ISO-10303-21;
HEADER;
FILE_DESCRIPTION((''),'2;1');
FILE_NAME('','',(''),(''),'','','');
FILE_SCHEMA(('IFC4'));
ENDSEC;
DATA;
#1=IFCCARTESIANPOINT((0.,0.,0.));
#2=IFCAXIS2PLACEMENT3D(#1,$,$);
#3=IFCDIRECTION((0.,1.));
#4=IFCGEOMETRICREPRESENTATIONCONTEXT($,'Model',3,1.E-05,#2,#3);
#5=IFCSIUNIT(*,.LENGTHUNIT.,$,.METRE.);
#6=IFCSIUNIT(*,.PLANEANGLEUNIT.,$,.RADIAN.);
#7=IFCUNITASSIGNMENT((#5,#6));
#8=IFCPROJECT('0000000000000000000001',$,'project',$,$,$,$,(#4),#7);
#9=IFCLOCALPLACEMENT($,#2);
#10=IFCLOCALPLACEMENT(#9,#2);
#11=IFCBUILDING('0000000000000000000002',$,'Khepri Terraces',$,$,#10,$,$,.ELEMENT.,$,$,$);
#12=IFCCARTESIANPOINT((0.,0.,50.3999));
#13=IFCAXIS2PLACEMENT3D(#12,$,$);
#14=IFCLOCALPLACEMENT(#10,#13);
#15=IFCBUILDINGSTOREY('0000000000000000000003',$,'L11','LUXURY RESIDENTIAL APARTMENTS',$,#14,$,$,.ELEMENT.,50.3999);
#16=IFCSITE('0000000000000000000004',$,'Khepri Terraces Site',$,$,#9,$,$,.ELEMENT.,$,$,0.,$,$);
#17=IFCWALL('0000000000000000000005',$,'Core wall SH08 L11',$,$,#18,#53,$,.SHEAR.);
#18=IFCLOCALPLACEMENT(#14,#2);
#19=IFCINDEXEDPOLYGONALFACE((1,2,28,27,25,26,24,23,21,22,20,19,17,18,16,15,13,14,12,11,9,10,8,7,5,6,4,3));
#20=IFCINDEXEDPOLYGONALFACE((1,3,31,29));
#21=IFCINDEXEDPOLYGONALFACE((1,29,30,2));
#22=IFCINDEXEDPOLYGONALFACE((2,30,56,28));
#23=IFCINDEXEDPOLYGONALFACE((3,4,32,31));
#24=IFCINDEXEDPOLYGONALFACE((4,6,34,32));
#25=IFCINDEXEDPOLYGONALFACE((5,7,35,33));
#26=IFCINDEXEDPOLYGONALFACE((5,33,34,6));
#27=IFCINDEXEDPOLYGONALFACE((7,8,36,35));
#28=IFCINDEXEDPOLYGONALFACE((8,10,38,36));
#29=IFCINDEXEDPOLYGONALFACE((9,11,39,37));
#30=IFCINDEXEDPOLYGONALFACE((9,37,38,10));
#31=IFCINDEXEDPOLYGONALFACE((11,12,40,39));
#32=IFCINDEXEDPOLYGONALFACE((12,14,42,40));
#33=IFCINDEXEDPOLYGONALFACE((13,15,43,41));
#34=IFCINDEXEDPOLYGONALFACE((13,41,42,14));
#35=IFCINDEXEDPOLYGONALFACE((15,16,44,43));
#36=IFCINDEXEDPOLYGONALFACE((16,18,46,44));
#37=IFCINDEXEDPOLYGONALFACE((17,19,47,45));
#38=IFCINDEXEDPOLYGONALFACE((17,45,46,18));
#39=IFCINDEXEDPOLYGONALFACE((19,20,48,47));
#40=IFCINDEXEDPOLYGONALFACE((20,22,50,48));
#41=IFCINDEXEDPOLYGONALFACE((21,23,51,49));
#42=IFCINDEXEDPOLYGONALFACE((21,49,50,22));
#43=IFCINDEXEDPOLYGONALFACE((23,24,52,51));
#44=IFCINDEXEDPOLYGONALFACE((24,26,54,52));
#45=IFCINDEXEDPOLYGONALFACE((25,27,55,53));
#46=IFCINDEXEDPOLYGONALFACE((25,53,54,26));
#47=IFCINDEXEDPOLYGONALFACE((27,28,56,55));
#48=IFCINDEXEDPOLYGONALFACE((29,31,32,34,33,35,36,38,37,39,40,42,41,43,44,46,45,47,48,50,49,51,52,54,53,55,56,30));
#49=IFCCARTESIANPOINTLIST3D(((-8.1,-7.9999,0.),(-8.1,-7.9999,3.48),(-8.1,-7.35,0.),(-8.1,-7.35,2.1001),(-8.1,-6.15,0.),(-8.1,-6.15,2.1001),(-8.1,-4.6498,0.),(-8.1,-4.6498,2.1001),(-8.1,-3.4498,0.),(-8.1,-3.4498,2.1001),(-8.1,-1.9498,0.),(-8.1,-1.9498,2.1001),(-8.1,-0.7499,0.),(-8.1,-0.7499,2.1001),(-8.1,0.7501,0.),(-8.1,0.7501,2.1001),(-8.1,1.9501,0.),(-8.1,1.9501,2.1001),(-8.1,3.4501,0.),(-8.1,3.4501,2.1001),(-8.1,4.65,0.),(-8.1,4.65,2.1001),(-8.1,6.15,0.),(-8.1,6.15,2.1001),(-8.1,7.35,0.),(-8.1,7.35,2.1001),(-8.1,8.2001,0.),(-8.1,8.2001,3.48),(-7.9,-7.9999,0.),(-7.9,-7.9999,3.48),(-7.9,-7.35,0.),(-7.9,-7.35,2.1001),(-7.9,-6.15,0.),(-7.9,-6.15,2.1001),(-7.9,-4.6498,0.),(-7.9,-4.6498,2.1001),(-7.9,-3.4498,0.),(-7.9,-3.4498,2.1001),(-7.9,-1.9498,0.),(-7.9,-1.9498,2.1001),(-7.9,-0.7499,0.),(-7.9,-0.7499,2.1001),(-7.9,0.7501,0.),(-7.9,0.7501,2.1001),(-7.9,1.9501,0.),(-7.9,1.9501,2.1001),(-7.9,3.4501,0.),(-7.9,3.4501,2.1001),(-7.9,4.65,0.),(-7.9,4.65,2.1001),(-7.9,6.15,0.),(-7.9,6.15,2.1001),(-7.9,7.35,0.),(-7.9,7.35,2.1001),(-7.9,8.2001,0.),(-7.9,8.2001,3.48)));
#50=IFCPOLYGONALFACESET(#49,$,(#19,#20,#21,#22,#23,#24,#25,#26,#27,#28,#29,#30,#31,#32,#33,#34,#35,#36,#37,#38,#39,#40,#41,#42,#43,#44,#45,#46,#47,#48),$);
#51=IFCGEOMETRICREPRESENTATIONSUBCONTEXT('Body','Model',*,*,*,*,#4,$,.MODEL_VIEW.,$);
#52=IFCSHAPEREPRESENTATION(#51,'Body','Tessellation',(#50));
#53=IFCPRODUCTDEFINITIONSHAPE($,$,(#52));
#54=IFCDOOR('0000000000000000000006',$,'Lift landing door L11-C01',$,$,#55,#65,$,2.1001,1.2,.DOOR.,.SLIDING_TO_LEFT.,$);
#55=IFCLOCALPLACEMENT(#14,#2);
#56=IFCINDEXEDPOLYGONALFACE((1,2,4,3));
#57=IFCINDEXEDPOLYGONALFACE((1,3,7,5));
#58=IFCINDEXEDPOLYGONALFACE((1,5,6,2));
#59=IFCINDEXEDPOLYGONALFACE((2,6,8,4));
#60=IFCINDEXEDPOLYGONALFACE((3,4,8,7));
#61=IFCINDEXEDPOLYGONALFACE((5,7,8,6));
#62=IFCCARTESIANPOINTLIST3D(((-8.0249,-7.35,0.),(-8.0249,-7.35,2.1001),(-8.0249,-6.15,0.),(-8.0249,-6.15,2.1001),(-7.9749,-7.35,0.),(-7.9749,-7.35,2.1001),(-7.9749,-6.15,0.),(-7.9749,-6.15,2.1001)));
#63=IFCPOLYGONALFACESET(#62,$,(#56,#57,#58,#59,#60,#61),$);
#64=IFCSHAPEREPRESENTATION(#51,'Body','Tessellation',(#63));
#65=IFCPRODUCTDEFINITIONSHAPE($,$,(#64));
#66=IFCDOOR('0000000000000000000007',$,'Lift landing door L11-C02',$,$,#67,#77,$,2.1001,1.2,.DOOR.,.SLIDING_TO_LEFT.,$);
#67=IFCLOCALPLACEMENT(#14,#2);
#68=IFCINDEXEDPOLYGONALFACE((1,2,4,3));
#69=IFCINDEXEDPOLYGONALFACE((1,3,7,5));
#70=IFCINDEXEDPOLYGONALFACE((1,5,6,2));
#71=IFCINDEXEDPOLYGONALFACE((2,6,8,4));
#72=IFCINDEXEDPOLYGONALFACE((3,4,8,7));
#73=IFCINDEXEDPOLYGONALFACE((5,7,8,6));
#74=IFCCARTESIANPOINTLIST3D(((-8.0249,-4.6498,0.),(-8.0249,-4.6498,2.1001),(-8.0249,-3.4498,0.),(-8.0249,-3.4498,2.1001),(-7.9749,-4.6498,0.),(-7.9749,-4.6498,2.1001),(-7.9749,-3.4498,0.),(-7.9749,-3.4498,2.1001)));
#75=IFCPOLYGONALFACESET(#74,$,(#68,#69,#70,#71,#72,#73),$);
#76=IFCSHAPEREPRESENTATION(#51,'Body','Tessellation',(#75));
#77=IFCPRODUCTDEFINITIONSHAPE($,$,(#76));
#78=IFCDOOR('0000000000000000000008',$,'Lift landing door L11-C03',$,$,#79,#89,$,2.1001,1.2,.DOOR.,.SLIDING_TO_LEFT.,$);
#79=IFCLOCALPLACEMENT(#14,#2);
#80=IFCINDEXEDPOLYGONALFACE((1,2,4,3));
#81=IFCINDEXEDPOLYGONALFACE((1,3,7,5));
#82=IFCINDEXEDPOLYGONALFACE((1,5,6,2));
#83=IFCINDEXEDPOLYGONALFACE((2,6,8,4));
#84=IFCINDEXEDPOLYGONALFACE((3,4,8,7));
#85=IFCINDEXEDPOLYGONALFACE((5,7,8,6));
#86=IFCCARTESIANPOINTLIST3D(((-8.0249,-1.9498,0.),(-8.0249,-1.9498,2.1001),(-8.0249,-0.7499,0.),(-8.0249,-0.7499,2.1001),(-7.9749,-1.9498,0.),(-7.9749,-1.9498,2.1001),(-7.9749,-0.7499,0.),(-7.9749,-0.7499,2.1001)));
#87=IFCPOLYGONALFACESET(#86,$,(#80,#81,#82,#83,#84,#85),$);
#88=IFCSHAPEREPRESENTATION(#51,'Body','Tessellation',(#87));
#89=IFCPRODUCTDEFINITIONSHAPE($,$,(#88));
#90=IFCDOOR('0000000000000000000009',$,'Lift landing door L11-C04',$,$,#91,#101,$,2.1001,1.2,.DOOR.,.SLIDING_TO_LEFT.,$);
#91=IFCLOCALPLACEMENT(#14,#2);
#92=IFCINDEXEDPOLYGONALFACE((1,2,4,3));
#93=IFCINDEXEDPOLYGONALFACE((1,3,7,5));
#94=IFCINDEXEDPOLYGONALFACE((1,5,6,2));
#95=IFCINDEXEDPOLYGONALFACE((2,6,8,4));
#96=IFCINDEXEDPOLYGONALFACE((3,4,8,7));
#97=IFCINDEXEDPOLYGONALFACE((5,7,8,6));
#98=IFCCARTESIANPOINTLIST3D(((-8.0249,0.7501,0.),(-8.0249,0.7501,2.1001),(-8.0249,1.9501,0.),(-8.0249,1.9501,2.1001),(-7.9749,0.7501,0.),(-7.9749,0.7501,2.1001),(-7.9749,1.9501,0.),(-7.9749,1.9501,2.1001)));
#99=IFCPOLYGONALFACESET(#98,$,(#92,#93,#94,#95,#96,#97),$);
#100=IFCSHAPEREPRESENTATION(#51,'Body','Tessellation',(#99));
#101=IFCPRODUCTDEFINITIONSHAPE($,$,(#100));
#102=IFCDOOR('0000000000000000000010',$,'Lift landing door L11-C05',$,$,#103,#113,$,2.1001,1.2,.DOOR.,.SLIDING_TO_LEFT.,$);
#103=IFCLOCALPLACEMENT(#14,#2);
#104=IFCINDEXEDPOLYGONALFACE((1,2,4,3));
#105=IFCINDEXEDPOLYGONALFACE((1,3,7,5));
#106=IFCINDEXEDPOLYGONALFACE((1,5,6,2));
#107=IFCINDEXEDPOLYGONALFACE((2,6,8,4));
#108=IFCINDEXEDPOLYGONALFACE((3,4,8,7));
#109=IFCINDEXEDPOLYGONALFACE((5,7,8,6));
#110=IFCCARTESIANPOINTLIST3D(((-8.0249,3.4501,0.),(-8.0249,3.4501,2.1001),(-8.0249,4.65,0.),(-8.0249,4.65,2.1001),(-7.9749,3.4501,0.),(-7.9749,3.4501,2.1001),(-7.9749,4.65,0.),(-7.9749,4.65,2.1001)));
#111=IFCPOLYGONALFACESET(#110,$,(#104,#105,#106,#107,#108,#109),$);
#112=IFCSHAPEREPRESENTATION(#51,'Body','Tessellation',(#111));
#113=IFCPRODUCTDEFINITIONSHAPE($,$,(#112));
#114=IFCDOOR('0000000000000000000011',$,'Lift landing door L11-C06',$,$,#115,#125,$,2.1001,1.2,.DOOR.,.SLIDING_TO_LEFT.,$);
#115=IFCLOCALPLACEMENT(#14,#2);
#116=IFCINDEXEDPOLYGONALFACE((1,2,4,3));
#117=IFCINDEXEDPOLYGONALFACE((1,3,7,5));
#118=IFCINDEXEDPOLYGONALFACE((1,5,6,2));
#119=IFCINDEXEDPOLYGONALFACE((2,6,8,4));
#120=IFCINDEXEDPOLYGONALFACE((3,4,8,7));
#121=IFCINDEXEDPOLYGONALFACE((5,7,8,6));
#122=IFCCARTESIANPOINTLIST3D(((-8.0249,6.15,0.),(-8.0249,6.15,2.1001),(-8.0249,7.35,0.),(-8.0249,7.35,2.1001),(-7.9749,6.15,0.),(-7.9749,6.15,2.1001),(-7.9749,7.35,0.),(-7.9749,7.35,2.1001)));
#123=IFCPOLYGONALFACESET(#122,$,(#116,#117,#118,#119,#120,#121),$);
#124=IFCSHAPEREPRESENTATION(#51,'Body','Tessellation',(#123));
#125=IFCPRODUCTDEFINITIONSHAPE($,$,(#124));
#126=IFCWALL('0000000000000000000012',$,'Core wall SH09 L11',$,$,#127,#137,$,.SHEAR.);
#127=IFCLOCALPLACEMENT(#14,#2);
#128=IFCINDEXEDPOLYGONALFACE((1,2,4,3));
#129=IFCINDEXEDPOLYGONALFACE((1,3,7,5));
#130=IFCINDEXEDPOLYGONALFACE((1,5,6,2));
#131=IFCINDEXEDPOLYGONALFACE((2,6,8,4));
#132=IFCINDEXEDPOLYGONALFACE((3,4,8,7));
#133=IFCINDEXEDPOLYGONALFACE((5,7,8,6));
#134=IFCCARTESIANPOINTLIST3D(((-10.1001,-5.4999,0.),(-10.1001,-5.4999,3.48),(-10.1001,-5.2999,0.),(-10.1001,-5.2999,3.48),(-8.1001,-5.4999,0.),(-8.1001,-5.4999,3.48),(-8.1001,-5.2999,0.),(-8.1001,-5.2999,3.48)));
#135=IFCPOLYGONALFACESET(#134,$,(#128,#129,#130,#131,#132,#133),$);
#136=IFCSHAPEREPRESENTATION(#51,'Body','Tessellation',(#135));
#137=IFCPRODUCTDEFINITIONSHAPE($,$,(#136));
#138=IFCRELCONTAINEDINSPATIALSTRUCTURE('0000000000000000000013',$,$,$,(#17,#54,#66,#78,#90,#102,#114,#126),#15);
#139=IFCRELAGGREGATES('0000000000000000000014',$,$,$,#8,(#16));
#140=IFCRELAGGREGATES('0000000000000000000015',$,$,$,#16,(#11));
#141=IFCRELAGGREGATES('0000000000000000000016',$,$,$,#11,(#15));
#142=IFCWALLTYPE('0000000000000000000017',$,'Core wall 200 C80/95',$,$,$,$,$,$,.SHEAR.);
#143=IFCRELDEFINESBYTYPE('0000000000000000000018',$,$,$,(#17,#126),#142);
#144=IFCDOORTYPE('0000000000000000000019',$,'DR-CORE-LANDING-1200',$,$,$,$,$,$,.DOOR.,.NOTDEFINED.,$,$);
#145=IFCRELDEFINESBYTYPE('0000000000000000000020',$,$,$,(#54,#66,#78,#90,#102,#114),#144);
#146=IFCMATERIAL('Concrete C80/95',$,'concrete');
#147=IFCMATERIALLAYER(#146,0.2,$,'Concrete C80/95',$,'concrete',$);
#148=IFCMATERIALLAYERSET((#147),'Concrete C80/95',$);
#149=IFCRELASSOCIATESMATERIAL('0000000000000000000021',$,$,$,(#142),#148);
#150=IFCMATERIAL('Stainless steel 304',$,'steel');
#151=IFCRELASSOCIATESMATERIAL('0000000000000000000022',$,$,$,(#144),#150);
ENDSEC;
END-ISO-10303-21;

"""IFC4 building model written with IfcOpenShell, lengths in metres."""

from ifc_helpers import new_model, si_unit, direction, frame, frame_2d, origin, place, context, subcontext, project, spatial, rectangle, extrude, material, layer, layer_set, type_object, element, fill, save


model = new_model("IFC4")

# Units and contexts
model_context = context("Model", 3, precision=1e-05, world=origin(), true_north=direction((0.0, 1.0)))
body_context = subcontext(model_context, "Body", "Model", "MODEL_VIEW")
ifc_project = project(units=[si_unit("LENGTHUNIT", "METRE"), si_unit("PLANEANGLEUNIT", "RADIAN")], contexts=[model_context])

# Site, building, storey
site_placement = place(None, origin())
site = spatial("IfcSite", under=ifc_project, at=site_placement, Name="Khepri Terraces Site", CompositionType="ELEMENT", RefElevation=0.0)
building_placement = place(site_placement, origin())
building = spatial("IfcBuilding", under=site, at=building_placement, Name="Khepri Terraces", CompositionType="ELEMENT")
storey_placement = place(building_placement, frame((0.0, 0.0, 50.3999)))
storey = spatial("IfcBuildingStorey", under=building, at=storey_placement, Name="L11", Description="LUXURY RESIDENTIAL APARTMENTS", CompositionType="ELEMENT", Elevation=50.3999)

# Shared definitions
ifc_material_1 = material(Name="Concrete C80/95", Category="concrete")
ifc_layer_1 = layer(ifc_material_1, 0.2, Name="Concrete C80/95", Category="concrete")
ifc_layer_set_1 = layer_set([ifc_layer_1], Name="Concrete C80/95")
wall_type_1 = type_object("IfcWallType", Name="Core wall 200 C80/95", PredefinedType="SHEAR", material=ifc_layer_set_1)

# Wall, openings, doors
wall_1_placement = place(storey_placement, frame((-8.0, -8.0, 0.0), z_axis=(0.0, 0.0, 1.0), x_axis=(0.0, 1.0, 0.0)))
wall_1 = element("IfcWall", 1, at=wall_1_placement, inside=storey, type_object=wall_type_1, Name="Core wall SH08 L11", PredefinedType="SHEAR", context=body_context, shape_type="SweptSolid", body=[
    extrude(rectangle(XDim=16.2, YDim=0.2, at=frame_2d((8.1001, 0.0))), origin(), (0.0, 0.0, 1.0), 3.48),
])
opening_1_placement = place(wall_1_placement, frame((0.6499, 0.0, 0.0)))
opening_1 = element("IfcOpeningElement", 2, at=opening_1_placement, cuts=wall_1, PredefinedType="OPENING", context=body_context, shape_type="SweptSolid", body=[
    extrude(rectangle(XDim=1.2, YDim=2.1001, at=frame_2d((0.6001, 1.05))), frame((0.0, 0.1099, 0.0), z_axis=(0.0, -1.0, 0.0), x_axis=(1.0, 0.0, 0.0)), (0.0, 0.0, 1.0), 0.22),
])
opening_2_placement = place(wall_1_placement, frame((3.3501, 0.0, 0.0)))
opening_2 = element("IfcOpeningElement", 3, at=opening_2_placement, cuts=wall_1, PredefinedType="OPENING", context=body_context, shape_type="SweptSolid", body=[
    extrude(rectangle(XDim=1.2, YDim=2.1001, at=frame_2d((0.6001, 1.05))), frame((0.0, 0.1099, 0.0), z_axis=(0.0, -1.0, 0.0), x_axis=(1.0, 0.0, 0.0)), (0.0, 0.0, 1.0), 0.22),
])
opening_3_placement = place(wall_1_placement, frame((6.05, 0.0, 0.0)))
opening_3 = element("IfcOpeningElement", 4, at=opening_3_placement, cuts=wall_1, PredefinedType="OPENING", context=body_context, shape_type="SweptSolid", body=[
    extrude(rectangle(XDim=1.2, YDim=2.1001, at=frame_2d((0.6001, 1.05))), frame((0.0, 0.1099, 0.0), z_axis=(0.0, -1.0, 0.0), x_axis=(1.0, 0.0, 0.0)), (0.0, 0.0, 1.0), 0.22),
])
opening_4_placement = place(wall_1_placement, frame((8.75, 0.0, 0.0)))
opening_4 = element("IfcOpeningElement", 5, at=opening_4_placement, cuts=wall_1, PredefinedType="OPENING", context=body_context, shape_type="SweptSolid", body=[
    extrude(rectangle(XDim=1.2, YDim=2.1001, at=frame_2d((0.6001, 1.05))), frame((0.0, 0.1099, 0.0), z_axis=(0.0, -1.0, 0.0), x_axis=(1.0, 0.0, 0.0)), (0.0, 0.0, 1.0), 0.22),
])
opening_5_placement = place(wall_1_placement, frame((11.45, 0.0, 0.0)))
opening_5 = element("IfcOpeningElement", 6, at=opening_5_placement, cuts=wall_1, PredefinedType="OPENING", context=body_context, shape_type="SweptSolid", body=[
    extrude(rectangle(XDim=1.2, YDim=2.1001, at=frame_2d((0.6001, 1.05))), frame((0.0, 0.1099, 0.0), z_axis=(0.0, -1.0, 0.0), x_axis=(1.0, 0.0, 0.0)), (0.0, 0.0, 1.0), 0.22),
])
opening_6_placement = place(wall_1_placement, frame((14.1499, 0.0, 0.0)))
opening_6 = element("IfcOpeningElement", 7, at=opening_6_placement, cuts=wall_1, PredefinedType="OPENING", context=body_context, shape_type="SweptSolid", body=[
    extrude(rectangle(XDim=1.2, YDim=2.1001, at=frame_2d((0.6001, 1.05))), frame((0.0, 0.1099, 0.0), z_axis=(0.0, -1.0, 0.0), x_axis=(1.0, 0.0, 0.0)), (0.0, 0.0, 1.0), 0.22),
])
ifc_material_2 = material(Name="Stainless steel 304", Category="steel")
door_type_1 = type_object("IfcDoorType", Name="DR-CORE-LANDING-1200", OperationType="NOTDEFINED", PredefinedType="DOOR", material=ifc_material_2)
door_1_placement = place(opening_1_placement, origin())
door_1 = element("IfcDoor", 8, at=door_1_placement, inside=storey, type_object=door_type_1, Name="Lift landing door L11-C01", OperationType="SLIDING_TO_LEFT", OverallHeight=2.1001, OverallWidth=1.2, PredefinedType="DOOR", context=body_context, shape_type="SweptSolid", body=[
    extrude(rectangle(XDim=1.2, YDim=2.1001, at=frame_2d((0.6001, 1.05))), frame((0.0, 0.0249, 0.0), z_axis=(0.0, -1.0, 0.0), x_axis=(1.0, 0.0, 0.0)), (0.0, 0.0, 1.0), 0.05),
])
fill(opening_1, door_1)
door_2_placement = place(opening_2_placement, origin())
door_2 = element("IfcDoor", 9, at=door_2_placement, inside=storey, type_object=door_type_1, Name="Lift landing door L11-C02", OperationType="SLIDING_TO_LEFT", OverallHeight=2.1001, OverallWidth=1.2, PredefinedType="DOOR", context=body_context, shape_type="SweptSolid", body=[
    extrude(rectangle(XDim=1.2, YDim=2.1001, at=frame_2d((0.6001, 1.05))), frame((0.0, 0.0249, 0.0), z_axis=(0.0, -1.0, 0.0), x_axis=(1.0, 0.0, 0.0)), (0.0, 0.0, 1.0), 0.05),
])
fill(opening_2, door_2)
door_3_placement = place(opening_3_placement, origin())
door_3 = element("IfcDoor", 10, at=door_3_placement, inside=storey, type_object=door_type_1, Name="Lift landing door L11-C03", OperationType="SLIDING_TO_LEFT", OverallHeight=2.1001, OverallWidth=1.2, PredefinedType="DOOR", context=body_context, shape_type="SweptSolid", body=[
    extrude(rectangle(XDim=1.2, YDim=2.1001, at=frame_2d((0.6001, 1.05))), frame((0.0, 0.0249, 0.0), z_axis=(0.0, -1.0, 0.0), x_axis=(1.0, 0.0, 0.0)), (0.0, 0.0, 1.0), 0.05),
])
fill(opening_3, door_3)
door_4_placement = place(opening_4_placement, origin())
door_4 = element("IfcDoor", 11, at=door_4_placement, inside=storey, type_object=door_type_1, Name="Lift landing door L11-C04", OperationType="SLIDING_TO_LEFT", OverallHeight=2.1001, OverallWidth=1.2, PredefinedType="DOOR", context=body_context, shape_type="SweptSolid", body=[
    extrude(rectangle(XDim=1.2, YDim=2.1001, at=frame_2d((0.6001, 1.05))), frame((0.0, 0.0249, 0.0), z_axis=(0.0, -1.0, 0.0), x_axis=(1.0, 0.0, 0.0)), (0.0, 0.0, 1.0), 0.05),
])
fill(opening_4, door_4)
door_5_placement = place(opening_5_placement, origin())
door_5 = element("IfcDoor", 12, at=door_5_placement, inside=storey, type_object=door_type_1, Name="Lift landing door L11-C05", OperationType="SLIDING_TO_LEFT", OverallHeight=2.1001, OverallWidth=1.2, PredefinedType="DOOR", context=body_context, shape_type="SweptSolid", body=[
    extrude(rectangle(XDim=1.2, YDim=2.1001, at=frame_2d((0.6001, 1.05))), frame((0.0, 0.0249, 0.0), z_axis=(0.0, -1.0, 0.0), x_axis=(1.0, 0.0, 0.0)), (0.0, 0.0, 1.0), 0.05),
])
fill(opening_5, door_5)
door_6_placement = place(opening_6_placement, origin())
door_6 = element("IfcDoor", 13, at=door_6_placement, inside=storey, type_object=door_type_1, Name="Lift landing door L11-C06", OperationType="SLIDING_TO_LEFT", OverallHeight=2.1001, OverallWidth=1.2, PredefinedType="DOOR", context=body_context, shape_type="SweptSolid", body=[
    extrude(rectangle(XDim=1.2, YDim=2.1001, at=frame_2d((0.6001, 1.05))), frame((0.0, 0.0249, 0.0), z_axis=(0.0, -1.0, 0.0), x_axis=(1.0, 0.0, 0.0)), (0.0, 0.0, 1.0), 0.05),
])
fill(opening_6, door_6)

# Wall
wall_2_placement = place(storey_placement, frame((-10.1001, -5.3999, 0.0), z_axis=(0.0, 0.0, 1.0), x_axis=(1.0, 0.0, 0.0)))
element("IfcWall", 14, at=wall_2_placement, inside=storey, type_object=wall_type_1, Name="Core wall SH09 L11", PredefinedType="SHEAR", context=body_context, shape_type="SweptSolid", body=[
    extrude(rectangle(XDim=2.0, YDim=0.2, at=frame_2d((1.0, 0.0))), origin(), (0.0, 0.0, 1.0), 3.48),
])

save(model, "model.ifc")
